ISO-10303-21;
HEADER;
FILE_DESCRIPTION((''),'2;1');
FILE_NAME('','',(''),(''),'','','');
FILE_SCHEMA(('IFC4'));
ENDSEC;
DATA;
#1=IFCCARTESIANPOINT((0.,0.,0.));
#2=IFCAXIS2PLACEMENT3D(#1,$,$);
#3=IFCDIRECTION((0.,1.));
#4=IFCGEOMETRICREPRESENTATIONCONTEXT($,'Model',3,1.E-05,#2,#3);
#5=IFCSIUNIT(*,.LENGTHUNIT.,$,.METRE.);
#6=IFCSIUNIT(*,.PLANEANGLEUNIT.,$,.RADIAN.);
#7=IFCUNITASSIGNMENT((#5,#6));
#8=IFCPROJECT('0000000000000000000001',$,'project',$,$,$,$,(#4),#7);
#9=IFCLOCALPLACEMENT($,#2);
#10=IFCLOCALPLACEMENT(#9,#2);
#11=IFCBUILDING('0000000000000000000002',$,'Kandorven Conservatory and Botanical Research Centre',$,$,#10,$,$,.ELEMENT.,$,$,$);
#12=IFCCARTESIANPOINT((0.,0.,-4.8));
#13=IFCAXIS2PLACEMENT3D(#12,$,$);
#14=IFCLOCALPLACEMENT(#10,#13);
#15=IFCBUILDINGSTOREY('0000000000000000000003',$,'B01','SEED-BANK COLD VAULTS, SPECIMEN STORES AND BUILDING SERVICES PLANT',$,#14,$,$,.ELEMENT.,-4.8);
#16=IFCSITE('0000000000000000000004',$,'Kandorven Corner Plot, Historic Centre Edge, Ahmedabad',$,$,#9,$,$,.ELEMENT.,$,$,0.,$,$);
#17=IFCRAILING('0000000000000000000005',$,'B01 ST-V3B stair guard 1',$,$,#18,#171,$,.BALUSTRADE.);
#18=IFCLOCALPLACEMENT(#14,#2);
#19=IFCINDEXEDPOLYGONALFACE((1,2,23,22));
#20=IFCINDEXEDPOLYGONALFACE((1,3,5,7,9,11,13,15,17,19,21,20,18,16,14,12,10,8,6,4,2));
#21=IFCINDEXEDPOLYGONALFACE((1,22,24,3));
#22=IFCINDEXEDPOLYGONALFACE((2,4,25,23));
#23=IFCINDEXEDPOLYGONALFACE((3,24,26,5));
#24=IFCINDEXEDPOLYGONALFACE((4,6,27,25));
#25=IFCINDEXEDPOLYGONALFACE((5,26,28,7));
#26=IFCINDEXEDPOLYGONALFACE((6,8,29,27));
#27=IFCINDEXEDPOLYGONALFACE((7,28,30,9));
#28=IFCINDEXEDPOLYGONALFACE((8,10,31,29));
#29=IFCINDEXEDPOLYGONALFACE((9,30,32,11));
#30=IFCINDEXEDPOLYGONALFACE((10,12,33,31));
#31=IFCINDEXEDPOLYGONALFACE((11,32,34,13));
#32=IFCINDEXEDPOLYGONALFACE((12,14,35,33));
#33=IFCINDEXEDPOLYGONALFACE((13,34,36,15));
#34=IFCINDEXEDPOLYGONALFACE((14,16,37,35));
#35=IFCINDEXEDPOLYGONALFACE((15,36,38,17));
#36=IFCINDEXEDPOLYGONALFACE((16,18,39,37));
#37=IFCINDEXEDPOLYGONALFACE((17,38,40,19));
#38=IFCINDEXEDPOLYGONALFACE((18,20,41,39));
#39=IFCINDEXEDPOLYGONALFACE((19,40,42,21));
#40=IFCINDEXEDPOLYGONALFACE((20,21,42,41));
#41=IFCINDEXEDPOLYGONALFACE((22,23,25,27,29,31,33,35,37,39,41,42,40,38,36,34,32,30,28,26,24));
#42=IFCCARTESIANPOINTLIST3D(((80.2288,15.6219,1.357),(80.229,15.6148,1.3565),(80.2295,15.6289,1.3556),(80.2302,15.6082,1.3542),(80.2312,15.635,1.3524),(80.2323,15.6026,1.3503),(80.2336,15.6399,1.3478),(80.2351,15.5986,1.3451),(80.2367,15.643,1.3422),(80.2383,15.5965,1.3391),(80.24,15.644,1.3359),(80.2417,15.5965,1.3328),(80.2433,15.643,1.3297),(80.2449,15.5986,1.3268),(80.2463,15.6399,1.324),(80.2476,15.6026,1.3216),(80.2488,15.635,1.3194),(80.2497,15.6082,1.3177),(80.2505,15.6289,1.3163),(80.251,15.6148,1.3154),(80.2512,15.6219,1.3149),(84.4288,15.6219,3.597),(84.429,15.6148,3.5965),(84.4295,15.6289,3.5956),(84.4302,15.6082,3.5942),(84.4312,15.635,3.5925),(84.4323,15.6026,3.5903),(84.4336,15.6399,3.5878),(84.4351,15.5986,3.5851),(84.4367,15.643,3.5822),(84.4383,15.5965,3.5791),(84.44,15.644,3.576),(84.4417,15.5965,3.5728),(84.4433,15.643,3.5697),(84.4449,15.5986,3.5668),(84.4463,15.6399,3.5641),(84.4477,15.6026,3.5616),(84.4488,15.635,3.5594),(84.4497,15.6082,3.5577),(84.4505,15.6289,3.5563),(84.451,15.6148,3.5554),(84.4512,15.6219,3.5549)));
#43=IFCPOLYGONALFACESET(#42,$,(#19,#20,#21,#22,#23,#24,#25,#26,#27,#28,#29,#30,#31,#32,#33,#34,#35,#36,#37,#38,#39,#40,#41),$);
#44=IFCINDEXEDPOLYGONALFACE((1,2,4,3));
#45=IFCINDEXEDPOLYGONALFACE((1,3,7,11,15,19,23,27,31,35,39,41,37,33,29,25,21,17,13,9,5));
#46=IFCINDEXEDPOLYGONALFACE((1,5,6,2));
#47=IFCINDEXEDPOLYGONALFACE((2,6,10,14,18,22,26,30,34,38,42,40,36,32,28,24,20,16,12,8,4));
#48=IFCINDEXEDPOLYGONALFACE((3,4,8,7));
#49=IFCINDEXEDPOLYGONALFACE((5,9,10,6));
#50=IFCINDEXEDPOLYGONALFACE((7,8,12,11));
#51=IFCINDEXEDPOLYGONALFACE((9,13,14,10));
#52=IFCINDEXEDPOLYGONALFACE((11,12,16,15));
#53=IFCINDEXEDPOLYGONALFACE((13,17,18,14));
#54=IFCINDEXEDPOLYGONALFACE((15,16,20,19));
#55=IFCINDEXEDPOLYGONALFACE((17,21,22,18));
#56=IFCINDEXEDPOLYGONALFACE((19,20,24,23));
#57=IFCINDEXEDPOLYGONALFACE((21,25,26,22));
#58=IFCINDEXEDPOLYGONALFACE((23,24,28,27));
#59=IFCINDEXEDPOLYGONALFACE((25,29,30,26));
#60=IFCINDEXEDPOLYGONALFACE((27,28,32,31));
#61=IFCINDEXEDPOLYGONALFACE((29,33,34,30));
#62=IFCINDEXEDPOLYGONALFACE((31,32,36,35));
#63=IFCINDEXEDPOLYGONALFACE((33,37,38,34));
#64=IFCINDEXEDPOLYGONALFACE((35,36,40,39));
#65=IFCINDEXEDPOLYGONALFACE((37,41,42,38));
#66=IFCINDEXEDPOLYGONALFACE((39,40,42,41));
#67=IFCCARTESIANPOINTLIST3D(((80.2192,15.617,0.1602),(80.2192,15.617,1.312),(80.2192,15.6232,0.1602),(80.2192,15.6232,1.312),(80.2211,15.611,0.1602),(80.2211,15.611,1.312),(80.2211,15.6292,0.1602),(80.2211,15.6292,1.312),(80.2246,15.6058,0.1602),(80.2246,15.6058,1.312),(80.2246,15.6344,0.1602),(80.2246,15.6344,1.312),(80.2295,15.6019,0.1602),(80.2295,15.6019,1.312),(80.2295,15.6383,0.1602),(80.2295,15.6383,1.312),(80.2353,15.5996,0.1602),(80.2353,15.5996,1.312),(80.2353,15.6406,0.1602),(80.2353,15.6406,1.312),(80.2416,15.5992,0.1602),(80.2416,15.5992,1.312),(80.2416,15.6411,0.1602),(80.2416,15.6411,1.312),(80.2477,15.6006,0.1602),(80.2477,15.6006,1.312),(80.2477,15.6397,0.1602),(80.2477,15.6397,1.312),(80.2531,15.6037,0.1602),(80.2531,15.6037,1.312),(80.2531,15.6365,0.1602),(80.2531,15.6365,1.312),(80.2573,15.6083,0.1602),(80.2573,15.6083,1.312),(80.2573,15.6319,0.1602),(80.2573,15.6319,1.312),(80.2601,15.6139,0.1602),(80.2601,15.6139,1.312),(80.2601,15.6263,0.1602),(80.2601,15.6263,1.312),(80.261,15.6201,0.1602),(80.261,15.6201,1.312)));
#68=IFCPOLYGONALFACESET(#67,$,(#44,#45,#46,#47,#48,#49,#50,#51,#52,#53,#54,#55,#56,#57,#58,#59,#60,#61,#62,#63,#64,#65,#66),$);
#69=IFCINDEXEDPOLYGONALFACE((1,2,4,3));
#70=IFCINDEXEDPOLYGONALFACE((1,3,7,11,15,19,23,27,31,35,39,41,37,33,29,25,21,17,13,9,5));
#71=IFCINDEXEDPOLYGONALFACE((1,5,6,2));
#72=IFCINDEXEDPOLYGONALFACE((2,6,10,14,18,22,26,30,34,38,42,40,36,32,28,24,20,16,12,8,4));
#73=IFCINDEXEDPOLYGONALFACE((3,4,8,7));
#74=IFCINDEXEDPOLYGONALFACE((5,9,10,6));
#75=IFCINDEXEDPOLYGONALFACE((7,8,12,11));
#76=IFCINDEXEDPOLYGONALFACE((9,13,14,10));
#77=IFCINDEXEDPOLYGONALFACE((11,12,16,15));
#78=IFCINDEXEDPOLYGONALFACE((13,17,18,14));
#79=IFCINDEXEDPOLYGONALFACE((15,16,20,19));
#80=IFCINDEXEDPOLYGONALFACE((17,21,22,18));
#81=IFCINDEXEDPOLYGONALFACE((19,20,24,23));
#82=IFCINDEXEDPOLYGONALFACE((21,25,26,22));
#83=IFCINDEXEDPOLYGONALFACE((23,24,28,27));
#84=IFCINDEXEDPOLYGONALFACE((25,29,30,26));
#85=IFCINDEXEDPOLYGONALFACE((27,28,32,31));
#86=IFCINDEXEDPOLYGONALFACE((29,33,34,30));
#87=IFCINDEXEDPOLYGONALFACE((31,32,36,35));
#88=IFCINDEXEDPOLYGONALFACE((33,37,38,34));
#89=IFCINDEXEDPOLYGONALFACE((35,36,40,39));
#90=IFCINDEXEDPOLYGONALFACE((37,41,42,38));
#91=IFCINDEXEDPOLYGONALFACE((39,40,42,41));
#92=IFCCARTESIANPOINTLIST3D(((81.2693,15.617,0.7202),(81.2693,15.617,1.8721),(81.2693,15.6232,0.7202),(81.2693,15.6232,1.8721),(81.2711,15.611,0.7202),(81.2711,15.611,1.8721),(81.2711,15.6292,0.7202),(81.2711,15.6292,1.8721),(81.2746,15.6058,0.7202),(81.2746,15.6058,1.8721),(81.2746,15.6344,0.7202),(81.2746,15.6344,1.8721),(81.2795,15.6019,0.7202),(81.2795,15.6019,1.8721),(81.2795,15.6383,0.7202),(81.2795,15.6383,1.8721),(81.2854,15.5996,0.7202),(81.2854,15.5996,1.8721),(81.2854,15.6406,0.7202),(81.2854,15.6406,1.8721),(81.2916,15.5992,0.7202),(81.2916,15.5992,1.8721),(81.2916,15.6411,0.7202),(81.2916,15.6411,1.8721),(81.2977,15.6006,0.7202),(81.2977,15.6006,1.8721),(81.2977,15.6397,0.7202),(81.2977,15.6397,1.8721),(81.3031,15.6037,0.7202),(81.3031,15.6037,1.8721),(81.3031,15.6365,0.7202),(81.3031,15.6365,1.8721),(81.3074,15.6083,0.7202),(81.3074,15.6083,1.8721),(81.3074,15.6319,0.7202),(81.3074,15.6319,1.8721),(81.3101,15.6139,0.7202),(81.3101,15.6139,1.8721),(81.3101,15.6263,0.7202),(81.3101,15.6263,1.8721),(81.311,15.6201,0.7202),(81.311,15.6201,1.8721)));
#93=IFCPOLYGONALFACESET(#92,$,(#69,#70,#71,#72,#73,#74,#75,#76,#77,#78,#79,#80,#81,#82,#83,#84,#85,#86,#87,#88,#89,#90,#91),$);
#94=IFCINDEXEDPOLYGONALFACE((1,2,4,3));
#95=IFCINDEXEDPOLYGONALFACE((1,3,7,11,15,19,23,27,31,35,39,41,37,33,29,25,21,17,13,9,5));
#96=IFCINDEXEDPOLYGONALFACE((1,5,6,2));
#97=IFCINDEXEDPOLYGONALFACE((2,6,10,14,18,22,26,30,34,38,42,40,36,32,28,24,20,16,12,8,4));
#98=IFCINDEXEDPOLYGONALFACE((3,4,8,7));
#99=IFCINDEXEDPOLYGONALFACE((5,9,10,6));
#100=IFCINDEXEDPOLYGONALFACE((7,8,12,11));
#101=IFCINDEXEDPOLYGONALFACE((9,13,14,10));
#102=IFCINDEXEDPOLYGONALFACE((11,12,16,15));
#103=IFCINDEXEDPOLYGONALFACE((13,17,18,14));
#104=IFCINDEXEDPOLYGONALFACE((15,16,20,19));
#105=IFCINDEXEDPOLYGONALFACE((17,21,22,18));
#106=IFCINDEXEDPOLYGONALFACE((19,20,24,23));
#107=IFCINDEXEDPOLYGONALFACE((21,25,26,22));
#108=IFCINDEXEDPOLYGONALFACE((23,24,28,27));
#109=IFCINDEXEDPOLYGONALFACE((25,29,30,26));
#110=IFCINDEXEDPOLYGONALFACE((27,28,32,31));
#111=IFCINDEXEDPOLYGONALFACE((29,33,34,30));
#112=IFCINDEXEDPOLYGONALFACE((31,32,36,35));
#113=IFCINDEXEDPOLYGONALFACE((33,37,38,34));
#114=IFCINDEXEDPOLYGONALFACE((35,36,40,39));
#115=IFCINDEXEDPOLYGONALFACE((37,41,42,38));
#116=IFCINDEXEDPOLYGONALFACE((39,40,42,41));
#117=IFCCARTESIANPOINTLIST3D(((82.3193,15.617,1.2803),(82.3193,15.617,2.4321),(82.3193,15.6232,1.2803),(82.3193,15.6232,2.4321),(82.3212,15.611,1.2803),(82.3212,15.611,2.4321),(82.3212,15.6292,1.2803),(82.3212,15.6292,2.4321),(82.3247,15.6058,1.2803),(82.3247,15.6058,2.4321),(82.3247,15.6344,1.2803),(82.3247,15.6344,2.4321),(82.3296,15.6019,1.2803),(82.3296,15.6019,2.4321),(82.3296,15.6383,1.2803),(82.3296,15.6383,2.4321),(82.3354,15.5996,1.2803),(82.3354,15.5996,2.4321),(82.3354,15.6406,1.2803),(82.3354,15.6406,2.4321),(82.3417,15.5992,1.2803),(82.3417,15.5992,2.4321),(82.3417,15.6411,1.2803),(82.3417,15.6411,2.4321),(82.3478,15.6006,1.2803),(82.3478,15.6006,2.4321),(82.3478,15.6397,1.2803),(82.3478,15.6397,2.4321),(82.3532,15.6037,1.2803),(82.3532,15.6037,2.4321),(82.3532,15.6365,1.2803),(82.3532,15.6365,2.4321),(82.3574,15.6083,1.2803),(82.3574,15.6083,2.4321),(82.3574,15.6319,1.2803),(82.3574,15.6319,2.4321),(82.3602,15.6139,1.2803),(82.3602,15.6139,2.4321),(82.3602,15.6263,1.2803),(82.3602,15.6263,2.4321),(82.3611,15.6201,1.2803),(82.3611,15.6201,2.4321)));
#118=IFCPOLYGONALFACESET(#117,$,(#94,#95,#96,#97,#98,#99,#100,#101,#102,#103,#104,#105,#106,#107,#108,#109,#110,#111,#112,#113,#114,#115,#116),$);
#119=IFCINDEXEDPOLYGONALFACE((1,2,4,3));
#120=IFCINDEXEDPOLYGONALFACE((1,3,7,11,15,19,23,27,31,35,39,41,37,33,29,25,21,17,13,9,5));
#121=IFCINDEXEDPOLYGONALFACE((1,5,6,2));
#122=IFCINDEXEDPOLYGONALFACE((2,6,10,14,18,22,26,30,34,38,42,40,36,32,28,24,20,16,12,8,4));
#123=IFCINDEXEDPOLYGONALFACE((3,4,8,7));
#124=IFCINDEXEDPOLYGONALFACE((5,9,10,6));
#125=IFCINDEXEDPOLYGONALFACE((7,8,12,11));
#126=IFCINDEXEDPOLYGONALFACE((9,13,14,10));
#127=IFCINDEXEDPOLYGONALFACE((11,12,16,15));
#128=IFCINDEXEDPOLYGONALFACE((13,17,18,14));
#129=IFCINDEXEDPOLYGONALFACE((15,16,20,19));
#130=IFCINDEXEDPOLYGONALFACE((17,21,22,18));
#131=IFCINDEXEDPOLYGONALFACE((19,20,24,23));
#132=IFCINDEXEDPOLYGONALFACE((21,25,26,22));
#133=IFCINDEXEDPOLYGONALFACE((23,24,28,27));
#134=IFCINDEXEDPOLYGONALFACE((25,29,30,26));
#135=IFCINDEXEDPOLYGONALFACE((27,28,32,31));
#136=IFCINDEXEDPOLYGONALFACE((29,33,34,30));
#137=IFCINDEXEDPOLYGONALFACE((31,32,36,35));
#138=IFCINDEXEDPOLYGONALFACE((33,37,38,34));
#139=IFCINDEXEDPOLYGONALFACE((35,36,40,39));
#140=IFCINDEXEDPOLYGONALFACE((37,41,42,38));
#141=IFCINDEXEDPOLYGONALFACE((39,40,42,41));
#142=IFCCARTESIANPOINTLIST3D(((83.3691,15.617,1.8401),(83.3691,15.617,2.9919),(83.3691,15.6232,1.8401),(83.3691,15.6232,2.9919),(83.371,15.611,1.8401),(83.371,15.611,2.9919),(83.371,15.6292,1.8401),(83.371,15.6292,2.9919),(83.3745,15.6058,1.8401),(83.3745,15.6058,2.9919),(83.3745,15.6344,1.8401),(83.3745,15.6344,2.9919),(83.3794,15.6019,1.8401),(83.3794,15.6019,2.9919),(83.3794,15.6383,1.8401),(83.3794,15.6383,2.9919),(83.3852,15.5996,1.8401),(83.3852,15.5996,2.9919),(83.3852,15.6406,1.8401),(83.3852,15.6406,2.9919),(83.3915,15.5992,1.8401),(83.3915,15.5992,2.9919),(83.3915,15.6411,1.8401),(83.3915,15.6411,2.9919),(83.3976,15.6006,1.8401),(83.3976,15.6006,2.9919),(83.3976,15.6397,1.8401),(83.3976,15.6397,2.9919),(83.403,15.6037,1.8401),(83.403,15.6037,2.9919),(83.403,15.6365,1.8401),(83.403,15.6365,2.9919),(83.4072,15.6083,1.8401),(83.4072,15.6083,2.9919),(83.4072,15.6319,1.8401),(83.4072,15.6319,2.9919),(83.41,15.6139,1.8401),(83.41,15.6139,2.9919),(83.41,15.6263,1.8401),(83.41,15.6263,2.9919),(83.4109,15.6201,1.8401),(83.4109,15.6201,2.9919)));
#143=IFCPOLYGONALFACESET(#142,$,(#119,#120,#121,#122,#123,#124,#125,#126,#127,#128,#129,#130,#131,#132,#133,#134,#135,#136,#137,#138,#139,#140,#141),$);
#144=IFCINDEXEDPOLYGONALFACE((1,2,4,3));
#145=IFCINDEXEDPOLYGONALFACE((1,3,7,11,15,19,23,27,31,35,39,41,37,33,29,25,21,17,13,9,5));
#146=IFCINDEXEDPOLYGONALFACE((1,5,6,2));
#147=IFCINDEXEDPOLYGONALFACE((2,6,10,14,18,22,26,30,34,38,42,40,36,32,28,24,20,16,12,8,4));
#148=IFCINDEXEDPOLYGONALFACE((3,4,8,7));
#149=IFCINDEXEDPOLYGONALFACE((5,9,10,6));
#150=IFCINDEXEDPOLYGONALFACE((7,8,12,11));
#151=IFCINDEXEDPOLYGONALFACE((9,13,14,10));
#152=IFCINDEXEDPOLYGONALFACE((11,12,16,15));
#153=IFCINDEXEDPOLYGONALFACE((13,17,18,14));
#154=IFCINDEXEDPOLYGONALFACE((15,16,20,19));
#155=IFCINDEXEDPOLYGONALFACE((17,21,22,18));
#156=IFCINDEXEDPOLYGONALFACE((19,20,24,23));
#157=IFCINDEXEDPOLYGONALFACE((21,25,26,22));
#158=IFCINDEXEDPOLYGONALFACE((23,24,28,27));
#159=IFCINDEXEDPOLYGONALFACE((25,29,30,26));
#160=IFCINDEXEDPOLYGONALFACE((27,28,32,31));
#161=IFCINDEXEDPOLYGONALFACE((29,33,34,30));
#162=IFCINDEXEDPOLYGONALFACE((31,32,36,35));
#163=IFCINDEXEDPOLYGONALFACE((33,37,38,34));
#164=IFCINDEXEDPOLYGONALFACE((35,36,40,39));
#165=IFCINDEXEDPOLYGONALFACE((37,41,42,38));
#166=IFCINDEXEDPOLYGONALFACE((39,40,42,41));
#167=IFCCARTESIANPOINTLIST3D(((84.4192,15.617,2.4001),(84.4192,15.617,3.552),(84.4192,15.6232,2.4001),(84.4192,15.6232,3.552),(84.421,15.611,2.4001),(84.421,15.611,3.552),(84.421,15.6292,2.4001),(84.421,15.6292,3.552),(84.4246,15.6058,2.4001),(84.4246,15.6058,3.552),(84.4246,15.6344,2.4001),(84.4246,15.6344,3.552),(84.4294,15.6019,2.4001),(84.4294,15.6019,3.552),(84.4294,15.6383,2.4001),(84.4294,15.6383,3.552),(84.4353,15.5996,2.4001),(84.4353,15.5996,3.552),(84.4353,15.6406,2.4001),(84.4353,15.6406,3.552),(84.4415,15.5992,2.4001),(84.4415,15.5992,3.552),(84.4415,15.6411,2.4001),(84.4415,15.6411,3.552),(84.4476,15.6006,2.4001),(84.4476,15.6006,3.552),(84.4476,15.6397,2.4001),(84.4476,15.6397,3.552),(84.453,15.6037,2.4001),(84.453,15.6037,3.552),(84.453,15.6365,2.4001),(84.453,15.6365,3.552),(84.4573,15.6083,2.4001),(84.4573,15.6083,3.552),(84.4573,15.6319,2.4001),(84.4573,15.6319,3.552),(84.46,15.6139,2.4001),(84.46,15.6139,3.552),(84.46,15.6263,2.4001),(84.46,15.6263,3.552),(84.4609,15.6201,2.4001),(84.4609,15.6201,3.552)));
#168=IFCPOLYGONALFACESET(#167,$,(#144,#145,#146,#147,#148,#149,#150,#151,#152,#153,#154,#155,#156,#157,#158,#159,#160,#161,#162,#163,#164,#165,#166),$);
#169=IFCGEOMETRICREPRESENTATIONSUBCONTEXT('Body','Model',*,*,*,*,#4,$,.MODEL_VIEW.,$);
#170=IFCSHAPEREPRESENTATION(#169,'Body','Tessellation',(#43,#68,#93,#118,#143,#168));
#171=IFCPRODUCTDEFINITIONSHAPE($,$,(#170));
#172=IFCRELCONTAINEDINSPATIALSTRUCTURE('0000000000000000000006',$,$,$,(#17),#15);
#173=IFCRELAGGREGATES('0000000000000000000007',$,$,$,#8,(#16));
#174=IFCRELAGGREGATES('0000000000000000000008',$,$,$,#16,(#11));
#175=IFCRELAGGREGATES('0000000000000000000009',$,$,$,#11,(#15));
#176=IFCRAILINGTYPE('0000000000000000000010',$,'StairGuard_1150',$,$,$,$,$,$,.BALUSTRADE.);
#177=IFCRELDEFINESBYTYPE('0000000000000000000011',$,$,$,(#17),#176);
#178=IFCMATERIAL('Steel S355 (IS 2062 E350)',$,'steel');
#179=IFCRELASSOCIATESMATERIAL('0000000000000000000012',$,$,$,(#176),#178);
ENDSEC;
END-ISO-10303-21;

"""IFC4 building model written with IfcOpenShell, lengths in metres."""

from ifc_helpers import new_model, si_unit, direction, frame, origin, origin_2d, place, context, subcontext, project, spatial, circle, extrude, material, type_object, element, save


model = new_model("IFC4")

# Units and contexts
model_context = context("Model", 3, precision=1e-05, world=origin(), true_north=direction((0.0, 1.0)))
body_context = subcontext(model_context, "Body", "Model", "MODEL_VIEW")
ifc_project = project(units=[si_unit("LENGTHUNIT", "METRE"), si_unit("PLANEANGLEUNIT", "RADIAN")], contexts=[model_context])

# Site, building, storey
site_placement = place(None, origin())
site = spatial("IfcSite", under=ifc_project, at=site_placement, Name="Kandorven Corner Plot, Historic Centre Edge, Ahmedabad", CompositionType="ELEMENT", RefElevation=0.0)
building_placement = place(site_placement, origin())
building = spatial("IfcBuilding", under=site, at=building_placement, Name="Kandorven Conservatory and Botanical Research Centre", CompositionType="ELEMENT")
storey_placement = place(building_placement, frame((0.0, 0.0, -4.8)))
storey = spatial("IfcBuildingStorey", under=building, at=storey_placement, Name="B01", Description="SEED-BANK COLD VAULTS, SPECIMEN STORES AND BUILDING SERVICES PLANT", CompositionType="ELEMENT", Elevation=-4.8)

# Railing
ifc_material_1 = material(Name="Steel S355 (IS 2062 E350)", Category="steel")
railing_type_1 = type_object("IfcRailingType", Name="StairGuard_1150", PredefinedType="BALUSTRADE", material=ifc_material_1)
railing_1_placement = place(storey_placement, frame((80.24, 15.6201, 0.1602)))
element("IfcRailing", 1, at=railing_1_placement, inside=storey, type_object=railing_type_1, Name="B01 ST-V3B stair guard 1", PredefinedType="BALUSTRADE", context=body_context, shape_type="SweptSolid", body=[
    extrude(circle(Radius=0.0239, at=origin_2d()), frame((0.0, 0.0, 1.1758), z_axis=(0.882352, 0.0, 0.470591), x_axis=(0.0, 1.0, 0.0)), (0.0, 0.0, 1.0), 4.76),
    extrude(circle(Radius=0.021, at=origin_2d()), origin(), (0.0, 0.0, 1.0), 1.1519),
    extrude(circle(Radius=0.021, at=origin_2d()), frame((1.05, 0.0, 0.5601)), (0.0, 0.0, 1.0), 1.1519),
    extrude(circle(Radius=0.021, at=origin_2d()), frame((2.1001, 0.0, 1.1201)), (0.0, 0.0, 1.0), 1.1519),
    extrude(circle(Radius=0.021, at=origin_2d()), frame((3.1499, 0.0, 1.6799)), (0.0, 0.0, 1.0), 1.1519),
    extrude(circle(Radius=0.021, at=origin_2d()), frame((4.2, 0.0, 2.24)), (0.0, 0.0, 1.0), 1.1519),
])

save(model, "model.ifc")
